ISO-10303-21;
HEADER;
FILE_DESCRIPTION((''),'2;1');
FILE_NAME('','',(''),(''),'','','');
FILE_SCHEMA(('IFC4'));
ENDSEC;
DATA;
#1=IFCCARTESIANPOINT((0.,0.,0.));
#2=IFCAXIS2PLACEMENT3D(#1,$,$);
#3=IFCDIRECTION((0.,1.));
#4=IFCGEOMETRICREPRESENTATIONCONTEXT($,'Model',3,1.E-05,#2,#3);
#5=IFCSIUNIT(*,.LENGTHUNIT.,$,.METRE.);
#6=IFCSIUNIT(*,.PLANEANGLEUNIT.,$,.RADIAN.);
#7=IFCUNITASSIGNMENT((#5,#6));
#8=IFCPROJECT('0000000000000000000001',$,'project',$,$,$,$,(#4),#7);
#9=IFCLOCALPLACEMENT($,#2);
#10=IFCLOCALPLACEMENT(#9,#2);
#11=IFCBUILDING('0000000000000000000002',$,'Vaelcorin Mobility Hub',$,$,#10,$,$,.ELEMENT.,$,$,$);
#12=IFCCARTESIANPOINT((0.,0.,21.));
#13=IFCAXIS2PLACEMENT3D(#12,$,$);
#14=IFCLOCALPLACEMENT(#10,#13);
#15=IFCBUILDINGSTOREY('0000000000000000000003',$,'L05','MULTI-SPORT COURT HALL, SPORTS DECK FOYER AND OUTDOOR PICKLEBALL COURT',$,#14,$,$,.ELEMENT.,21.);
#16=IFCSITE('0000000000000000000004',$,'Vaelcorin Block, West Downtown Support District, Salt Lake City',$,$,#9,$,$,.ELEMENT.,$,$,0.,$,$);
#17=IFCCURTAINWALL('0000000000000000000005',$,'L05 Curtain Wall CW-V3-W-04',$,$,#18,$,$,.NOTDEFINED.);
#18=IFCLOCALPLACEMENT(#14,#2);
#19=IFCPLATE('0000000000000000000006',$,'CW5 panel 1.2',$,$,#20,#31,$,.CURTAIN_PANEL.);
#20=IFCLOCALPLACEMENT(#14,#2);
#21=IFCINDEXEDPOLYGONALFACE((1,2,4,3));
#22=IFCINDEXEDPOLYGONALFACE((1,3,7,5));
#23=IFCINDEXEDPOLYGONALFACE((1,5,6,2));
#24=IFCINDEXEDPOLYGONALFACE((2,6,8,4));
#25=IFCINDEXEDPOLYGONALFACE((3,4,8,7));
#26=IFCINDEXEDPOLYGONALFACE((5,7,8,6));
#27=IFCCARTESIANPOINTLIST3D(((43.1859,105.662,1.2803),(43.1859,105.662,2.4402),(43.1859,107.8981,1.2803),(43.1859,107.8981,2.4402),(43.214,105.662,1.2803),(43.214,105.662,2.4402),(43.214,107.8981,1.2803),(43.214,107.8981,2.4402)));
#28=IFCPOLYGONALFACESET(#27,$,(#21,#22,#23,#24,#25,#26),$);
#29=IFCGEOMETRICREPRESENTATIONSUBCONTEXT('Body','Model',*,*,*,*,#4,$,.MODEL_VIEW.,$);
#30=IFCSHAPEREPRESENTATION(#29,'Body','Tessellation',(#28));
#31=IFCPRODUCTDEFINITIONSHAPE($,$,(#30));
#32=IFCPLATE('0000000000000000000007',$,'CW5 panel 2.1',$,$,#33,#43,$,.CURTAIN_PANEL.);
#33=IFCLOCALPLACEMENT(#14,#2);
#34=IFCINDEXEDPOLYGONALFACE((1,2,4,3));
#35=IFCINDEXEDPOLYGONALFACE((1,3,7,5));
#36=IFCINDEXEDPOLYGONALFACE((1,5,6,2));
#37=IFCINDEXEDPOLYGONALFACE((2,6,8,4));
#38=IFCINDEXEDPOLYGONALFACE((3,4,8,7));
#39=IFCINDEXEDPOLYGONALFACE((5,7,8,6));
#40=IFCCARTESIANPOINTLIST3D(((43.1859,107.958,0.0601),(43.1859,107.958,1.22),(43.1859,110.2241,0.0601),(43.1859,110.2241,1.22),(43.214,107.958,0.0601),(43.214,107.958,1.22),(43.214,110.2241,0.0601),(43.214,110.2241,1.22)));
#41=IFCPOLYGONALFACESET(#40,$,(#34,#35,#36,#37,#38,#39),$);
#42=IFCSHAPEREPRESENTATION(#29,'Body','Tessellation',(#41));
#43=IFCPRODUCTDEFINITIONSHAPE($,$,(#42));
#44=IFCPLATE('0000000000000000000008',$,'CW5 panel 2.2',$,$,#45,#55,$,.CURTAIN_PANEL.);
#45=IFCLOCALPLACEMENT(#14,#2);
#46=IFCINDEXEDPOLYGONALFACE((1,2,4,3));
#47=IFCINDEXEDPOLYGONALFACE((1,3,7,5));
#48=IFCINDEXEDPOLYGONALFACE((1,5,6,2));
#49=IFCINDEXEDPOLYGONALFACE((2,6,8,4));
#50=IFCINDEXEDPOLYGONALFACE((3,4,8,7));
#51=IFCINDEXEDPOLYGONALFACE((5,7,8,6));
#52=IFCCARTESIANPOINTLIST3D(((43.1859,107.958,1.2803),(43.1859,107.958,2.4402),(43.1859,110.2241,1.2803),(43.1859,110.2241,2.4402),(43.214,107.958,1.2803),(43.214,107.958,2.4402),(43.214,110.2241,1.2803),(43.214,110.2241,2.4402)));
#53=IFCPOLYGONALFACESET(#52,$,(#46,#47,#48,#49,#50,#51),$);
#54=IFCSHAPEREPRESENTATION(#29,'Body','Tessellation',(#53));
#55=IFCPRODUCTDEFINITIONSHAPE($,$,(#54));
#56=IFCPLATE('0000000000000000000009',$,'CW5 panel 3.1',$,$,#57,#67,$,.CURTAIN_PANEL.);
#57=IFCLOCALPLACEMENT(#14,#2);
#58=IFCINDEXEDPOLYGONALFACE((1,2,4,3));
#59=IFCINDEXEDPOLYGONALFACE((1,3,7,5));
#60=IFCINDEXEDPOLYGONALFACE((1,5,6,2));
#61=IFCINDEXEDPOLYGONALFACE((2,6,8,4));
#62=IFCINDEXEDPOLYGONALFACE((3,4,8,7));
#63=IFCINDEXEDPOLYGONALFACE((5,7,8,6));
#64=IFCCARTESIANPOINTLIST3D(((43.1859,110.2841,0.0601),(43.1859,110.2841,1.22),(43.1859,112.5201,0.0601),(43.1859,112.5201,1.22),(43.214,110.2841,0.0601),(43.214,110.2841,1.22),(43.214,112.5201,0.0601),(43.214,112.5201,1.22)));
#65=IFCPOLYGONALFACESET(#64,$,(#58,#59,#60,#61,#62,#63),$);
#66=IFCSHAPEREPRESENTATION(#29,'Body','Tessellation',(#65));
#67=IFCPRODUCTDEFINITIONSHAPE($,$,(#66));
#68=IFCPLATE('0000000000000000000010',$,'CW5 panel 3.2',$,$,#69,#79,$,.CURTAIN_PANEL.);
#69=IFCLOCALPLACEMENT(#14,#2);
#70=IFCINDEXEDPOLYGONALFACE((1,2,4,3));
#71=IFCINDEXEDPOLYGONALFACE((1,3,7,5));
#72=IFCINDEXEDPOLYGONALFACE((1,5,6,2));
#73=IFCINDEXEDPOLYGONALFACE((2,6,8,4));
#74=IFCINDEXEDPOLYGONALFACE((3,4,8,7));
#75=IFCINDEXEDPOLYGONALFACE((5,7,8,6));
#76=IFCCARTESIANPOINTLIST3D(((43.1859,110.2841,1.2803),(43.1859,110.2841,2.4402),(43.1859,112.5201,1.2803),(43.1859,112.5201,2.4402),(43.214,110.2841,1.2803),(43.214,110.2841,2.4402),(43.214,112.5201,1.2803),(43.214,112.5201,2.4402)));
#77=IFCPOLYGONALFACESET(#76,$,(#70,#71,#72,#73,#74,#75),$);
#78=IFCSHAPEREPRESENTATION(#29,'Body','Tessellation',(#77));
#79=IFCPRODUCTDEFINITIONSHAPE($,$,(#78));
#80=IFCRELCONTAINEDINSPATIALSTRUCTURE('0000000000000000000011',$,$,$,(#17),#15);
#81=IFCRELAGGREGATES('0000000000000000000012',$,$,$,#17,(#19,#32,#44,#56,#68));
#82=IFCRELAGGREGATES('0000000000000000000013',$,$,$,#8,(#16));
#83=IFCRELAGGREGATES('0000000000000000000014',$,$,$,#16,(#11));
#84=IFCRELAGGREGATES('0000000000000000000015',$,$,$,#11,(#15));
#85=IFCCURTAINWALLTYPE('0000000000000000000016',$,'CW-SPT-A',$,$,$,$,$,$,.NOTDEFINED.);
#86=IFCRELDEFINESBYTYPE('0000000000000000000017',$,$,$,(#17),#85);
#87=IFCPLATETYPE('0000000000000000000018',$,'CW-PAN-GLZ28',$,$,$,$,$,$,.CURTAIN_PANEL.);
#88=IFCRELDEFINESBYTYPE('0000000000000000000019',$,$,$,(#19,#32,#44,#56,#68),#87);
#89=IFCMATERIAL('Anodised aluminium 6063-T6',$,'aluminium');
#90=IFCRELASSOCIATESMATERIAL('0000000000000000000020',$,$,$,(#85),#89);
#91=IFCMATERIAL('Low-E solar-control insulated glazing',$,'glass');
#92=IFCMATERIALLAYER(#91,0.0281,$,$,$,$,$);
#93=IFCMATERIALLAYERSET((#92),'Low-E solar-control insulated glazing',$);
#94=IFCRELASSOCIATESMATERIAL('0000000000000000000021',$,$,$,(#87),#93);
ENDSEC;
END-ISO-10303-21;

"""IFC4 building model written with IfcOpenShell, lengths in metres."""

from ifc_helpers import new_model, si_unit, direction, frame, origin, origin_2d, place, context, subcontext, project, spatial, rectangle, extrude, material, layer, layer_set, type_object, element, aggregate, save


model = new_model("IFC4")

# Units and contexts
model_context = context("Model", 3, precision=1e-05, world=origin(), true_north=direction((0.0, 1.0)))
body_context = subcontext(model_context, "Body", "Model", "MODEL_VIEW")
ifc_project = project(units=[si_unit("LENGTHUNIT", "METRE"), si_unit("PLANEANGLEUNIT", "RADIAN")], contexts=[model_context])

# Site, building, storey
site_placement = place(None, origin())
site = spatial("IfcSite", under=ifc_project, at=site_placement, Name="Vaelcorin Block, West Downtown Support District, Salt Lake City", CompositionType="ELEMENT", RefElevation=0.0)
building_placement = place(site_placement, origin())
building = spatial("IfcBuilding", under=site, at=building_placement, Name="Vaelcorin Mobility Hub", CompositionType="ELEMENT")
storey_placement = place(building_placement, frame((0.0, 0.0, 21.0)))
storey = spatial("IfcBuildingStorey", under=building, at=storey_placement, Name="L05", Description="MULTI-SPORT COURT HALL, SPORTS DECK FOYER AND OUTDOOR PICKLEBALL COURT", CompositionType="ELEMENT", Elevation=21.0)

# Curtain wall, plates
ifc_material_1 = material(Name="Anodised aluminium 6063-T6", Category="aluminium")
curtain_wall_type = type_object("IfcCurtainWallType", Name="CW-SPT-A", PredefinedType="NOTDEFINED", material=ifc_material_1)
curtain_wall_placement = place(storey_placement, origin())
curtain_wall = element("IfcCurtainWall", 1, at=curtain_wall_placement, inside=storey, type_object=curtain_wall_type, Name="L05 Curtain Wall CW-V3-W-04", PredefinedType="NOTDEFINED")
ifc_material_2 = material(Name="Low-E solar-control insulated glazing", Category="glass")
ifc_layer = layer(ifc_material_2, 0.0281)
ifc_layer_set = layer_set([ifc_layer], Name="Low-E solar-control insulated glazing")
plate_type = type_object("IfcPlateType", Name="CW-PAN-GLZ28", PredefinedType="CURTAIN_PANEL", material=ifc_layer_set)
plate_1_placement = place(storey_placement, frame((43.2, 106.78, 1.2803), z_axis=(0.0, 0.0, 1.0), x_axis=(0.0, 1.0, 0.0)))
plate_1 = element("IfcPlate", 2, at=plate_1_placement, type_object=plate_type, Name="CW5 panel 1.2", PredefinedType="CURTAIN_PANEL", context=body_context, shape_type="SweptSolid", body=[
    extrude(rectangle(XDim=2.2361, YDim=0.0281, at=origin_2d()), origin(), (0.0, 0.0, 1.0), 1.1599),
])
plate_2_placement = place(storey_placement, frame((43.2, 109.0911, 0.0601), z_axis=(0.0, 0.0, 1.0), x_axis=(0.0, 1.0, 0.0)))
plate_2 = element("IfcPlate", 3, at=plate_2_placement, type_object=plate_type, Name="CW5 panel 2.1", PredefinedType="CURTAIN_PANEL", context=body_context, shape_type="SweptSolid", body=[
    extrude(rectangle(XDim=2.2661, YDim=0.0281, at=origin_2d()), origin(), (0.0, 0.0, 1.0), 1.1599),
])
plate_3_placement = place(storey_placement, frame((43.2, 109.0911, 1.2803), z_axis=(0.0, 0.0, 1.0), x_axis=(0.0, 1.0, 0.0)))
plate_3 = element("IfcPlate", 4, at=plate_3_placement, type_object=plate_type, Name="CW5 panel 2.2", PredefinedType="CURTAIN_PANEL", context=body_context, shape_type="SweptSolid", body=[
    extrude(rectangle(XDim=2.2661, YDim=0.0281, at=origin_2d()), origin(), (0.0, 0.0, 1.0), 1.1599),
])
plate_4_placement = place(storey_placement, frame((43.2, 111.4021, 0.0601), z_axis=(0.0, 0.0, 1.0), x_axis=(0.0, 1.0, 0.0)))
plate_4 = element("IfcPlate", 5, at=plate_4_placement, type_object=plate_type, Name="CW5 panel 3.1", PredefinedType="CURTAIN_PANEL", context=body_context, shape_type="SweptSolid", body=[
    extrude(rectangle(XDim=2.2361, YDim=0.0281, at=origin_2d()), origin(), (0.0, 0.0, 1.0), 1.1599),
])
plate_5_placement = place(storey_placement, frame((43.2, 111.4021, 1.2803), z_axis=(0.0, 0.0, 1.0), x_axis=(0.0, 1.0, 0.0)))
plate_5 = element("IfcPlate", 6, at=plate_5_placement, type_object=plate_type, Name="CW5 panel 3.2", PredefinedType="CURTAIN_PANEL", context=body_context, shape_type="SweptSolid", body=[
    extrude(rectangle(XDim=2.2361, YDim=0.0281, at=origin_2d()), origin(), (0.0, 0.0, 1.0), 1.1599),
])
aggregate(curtain_wall, [plate_1, plate_2, plate_3, plate_4, plate_5])

save(model, "model.ifc")
